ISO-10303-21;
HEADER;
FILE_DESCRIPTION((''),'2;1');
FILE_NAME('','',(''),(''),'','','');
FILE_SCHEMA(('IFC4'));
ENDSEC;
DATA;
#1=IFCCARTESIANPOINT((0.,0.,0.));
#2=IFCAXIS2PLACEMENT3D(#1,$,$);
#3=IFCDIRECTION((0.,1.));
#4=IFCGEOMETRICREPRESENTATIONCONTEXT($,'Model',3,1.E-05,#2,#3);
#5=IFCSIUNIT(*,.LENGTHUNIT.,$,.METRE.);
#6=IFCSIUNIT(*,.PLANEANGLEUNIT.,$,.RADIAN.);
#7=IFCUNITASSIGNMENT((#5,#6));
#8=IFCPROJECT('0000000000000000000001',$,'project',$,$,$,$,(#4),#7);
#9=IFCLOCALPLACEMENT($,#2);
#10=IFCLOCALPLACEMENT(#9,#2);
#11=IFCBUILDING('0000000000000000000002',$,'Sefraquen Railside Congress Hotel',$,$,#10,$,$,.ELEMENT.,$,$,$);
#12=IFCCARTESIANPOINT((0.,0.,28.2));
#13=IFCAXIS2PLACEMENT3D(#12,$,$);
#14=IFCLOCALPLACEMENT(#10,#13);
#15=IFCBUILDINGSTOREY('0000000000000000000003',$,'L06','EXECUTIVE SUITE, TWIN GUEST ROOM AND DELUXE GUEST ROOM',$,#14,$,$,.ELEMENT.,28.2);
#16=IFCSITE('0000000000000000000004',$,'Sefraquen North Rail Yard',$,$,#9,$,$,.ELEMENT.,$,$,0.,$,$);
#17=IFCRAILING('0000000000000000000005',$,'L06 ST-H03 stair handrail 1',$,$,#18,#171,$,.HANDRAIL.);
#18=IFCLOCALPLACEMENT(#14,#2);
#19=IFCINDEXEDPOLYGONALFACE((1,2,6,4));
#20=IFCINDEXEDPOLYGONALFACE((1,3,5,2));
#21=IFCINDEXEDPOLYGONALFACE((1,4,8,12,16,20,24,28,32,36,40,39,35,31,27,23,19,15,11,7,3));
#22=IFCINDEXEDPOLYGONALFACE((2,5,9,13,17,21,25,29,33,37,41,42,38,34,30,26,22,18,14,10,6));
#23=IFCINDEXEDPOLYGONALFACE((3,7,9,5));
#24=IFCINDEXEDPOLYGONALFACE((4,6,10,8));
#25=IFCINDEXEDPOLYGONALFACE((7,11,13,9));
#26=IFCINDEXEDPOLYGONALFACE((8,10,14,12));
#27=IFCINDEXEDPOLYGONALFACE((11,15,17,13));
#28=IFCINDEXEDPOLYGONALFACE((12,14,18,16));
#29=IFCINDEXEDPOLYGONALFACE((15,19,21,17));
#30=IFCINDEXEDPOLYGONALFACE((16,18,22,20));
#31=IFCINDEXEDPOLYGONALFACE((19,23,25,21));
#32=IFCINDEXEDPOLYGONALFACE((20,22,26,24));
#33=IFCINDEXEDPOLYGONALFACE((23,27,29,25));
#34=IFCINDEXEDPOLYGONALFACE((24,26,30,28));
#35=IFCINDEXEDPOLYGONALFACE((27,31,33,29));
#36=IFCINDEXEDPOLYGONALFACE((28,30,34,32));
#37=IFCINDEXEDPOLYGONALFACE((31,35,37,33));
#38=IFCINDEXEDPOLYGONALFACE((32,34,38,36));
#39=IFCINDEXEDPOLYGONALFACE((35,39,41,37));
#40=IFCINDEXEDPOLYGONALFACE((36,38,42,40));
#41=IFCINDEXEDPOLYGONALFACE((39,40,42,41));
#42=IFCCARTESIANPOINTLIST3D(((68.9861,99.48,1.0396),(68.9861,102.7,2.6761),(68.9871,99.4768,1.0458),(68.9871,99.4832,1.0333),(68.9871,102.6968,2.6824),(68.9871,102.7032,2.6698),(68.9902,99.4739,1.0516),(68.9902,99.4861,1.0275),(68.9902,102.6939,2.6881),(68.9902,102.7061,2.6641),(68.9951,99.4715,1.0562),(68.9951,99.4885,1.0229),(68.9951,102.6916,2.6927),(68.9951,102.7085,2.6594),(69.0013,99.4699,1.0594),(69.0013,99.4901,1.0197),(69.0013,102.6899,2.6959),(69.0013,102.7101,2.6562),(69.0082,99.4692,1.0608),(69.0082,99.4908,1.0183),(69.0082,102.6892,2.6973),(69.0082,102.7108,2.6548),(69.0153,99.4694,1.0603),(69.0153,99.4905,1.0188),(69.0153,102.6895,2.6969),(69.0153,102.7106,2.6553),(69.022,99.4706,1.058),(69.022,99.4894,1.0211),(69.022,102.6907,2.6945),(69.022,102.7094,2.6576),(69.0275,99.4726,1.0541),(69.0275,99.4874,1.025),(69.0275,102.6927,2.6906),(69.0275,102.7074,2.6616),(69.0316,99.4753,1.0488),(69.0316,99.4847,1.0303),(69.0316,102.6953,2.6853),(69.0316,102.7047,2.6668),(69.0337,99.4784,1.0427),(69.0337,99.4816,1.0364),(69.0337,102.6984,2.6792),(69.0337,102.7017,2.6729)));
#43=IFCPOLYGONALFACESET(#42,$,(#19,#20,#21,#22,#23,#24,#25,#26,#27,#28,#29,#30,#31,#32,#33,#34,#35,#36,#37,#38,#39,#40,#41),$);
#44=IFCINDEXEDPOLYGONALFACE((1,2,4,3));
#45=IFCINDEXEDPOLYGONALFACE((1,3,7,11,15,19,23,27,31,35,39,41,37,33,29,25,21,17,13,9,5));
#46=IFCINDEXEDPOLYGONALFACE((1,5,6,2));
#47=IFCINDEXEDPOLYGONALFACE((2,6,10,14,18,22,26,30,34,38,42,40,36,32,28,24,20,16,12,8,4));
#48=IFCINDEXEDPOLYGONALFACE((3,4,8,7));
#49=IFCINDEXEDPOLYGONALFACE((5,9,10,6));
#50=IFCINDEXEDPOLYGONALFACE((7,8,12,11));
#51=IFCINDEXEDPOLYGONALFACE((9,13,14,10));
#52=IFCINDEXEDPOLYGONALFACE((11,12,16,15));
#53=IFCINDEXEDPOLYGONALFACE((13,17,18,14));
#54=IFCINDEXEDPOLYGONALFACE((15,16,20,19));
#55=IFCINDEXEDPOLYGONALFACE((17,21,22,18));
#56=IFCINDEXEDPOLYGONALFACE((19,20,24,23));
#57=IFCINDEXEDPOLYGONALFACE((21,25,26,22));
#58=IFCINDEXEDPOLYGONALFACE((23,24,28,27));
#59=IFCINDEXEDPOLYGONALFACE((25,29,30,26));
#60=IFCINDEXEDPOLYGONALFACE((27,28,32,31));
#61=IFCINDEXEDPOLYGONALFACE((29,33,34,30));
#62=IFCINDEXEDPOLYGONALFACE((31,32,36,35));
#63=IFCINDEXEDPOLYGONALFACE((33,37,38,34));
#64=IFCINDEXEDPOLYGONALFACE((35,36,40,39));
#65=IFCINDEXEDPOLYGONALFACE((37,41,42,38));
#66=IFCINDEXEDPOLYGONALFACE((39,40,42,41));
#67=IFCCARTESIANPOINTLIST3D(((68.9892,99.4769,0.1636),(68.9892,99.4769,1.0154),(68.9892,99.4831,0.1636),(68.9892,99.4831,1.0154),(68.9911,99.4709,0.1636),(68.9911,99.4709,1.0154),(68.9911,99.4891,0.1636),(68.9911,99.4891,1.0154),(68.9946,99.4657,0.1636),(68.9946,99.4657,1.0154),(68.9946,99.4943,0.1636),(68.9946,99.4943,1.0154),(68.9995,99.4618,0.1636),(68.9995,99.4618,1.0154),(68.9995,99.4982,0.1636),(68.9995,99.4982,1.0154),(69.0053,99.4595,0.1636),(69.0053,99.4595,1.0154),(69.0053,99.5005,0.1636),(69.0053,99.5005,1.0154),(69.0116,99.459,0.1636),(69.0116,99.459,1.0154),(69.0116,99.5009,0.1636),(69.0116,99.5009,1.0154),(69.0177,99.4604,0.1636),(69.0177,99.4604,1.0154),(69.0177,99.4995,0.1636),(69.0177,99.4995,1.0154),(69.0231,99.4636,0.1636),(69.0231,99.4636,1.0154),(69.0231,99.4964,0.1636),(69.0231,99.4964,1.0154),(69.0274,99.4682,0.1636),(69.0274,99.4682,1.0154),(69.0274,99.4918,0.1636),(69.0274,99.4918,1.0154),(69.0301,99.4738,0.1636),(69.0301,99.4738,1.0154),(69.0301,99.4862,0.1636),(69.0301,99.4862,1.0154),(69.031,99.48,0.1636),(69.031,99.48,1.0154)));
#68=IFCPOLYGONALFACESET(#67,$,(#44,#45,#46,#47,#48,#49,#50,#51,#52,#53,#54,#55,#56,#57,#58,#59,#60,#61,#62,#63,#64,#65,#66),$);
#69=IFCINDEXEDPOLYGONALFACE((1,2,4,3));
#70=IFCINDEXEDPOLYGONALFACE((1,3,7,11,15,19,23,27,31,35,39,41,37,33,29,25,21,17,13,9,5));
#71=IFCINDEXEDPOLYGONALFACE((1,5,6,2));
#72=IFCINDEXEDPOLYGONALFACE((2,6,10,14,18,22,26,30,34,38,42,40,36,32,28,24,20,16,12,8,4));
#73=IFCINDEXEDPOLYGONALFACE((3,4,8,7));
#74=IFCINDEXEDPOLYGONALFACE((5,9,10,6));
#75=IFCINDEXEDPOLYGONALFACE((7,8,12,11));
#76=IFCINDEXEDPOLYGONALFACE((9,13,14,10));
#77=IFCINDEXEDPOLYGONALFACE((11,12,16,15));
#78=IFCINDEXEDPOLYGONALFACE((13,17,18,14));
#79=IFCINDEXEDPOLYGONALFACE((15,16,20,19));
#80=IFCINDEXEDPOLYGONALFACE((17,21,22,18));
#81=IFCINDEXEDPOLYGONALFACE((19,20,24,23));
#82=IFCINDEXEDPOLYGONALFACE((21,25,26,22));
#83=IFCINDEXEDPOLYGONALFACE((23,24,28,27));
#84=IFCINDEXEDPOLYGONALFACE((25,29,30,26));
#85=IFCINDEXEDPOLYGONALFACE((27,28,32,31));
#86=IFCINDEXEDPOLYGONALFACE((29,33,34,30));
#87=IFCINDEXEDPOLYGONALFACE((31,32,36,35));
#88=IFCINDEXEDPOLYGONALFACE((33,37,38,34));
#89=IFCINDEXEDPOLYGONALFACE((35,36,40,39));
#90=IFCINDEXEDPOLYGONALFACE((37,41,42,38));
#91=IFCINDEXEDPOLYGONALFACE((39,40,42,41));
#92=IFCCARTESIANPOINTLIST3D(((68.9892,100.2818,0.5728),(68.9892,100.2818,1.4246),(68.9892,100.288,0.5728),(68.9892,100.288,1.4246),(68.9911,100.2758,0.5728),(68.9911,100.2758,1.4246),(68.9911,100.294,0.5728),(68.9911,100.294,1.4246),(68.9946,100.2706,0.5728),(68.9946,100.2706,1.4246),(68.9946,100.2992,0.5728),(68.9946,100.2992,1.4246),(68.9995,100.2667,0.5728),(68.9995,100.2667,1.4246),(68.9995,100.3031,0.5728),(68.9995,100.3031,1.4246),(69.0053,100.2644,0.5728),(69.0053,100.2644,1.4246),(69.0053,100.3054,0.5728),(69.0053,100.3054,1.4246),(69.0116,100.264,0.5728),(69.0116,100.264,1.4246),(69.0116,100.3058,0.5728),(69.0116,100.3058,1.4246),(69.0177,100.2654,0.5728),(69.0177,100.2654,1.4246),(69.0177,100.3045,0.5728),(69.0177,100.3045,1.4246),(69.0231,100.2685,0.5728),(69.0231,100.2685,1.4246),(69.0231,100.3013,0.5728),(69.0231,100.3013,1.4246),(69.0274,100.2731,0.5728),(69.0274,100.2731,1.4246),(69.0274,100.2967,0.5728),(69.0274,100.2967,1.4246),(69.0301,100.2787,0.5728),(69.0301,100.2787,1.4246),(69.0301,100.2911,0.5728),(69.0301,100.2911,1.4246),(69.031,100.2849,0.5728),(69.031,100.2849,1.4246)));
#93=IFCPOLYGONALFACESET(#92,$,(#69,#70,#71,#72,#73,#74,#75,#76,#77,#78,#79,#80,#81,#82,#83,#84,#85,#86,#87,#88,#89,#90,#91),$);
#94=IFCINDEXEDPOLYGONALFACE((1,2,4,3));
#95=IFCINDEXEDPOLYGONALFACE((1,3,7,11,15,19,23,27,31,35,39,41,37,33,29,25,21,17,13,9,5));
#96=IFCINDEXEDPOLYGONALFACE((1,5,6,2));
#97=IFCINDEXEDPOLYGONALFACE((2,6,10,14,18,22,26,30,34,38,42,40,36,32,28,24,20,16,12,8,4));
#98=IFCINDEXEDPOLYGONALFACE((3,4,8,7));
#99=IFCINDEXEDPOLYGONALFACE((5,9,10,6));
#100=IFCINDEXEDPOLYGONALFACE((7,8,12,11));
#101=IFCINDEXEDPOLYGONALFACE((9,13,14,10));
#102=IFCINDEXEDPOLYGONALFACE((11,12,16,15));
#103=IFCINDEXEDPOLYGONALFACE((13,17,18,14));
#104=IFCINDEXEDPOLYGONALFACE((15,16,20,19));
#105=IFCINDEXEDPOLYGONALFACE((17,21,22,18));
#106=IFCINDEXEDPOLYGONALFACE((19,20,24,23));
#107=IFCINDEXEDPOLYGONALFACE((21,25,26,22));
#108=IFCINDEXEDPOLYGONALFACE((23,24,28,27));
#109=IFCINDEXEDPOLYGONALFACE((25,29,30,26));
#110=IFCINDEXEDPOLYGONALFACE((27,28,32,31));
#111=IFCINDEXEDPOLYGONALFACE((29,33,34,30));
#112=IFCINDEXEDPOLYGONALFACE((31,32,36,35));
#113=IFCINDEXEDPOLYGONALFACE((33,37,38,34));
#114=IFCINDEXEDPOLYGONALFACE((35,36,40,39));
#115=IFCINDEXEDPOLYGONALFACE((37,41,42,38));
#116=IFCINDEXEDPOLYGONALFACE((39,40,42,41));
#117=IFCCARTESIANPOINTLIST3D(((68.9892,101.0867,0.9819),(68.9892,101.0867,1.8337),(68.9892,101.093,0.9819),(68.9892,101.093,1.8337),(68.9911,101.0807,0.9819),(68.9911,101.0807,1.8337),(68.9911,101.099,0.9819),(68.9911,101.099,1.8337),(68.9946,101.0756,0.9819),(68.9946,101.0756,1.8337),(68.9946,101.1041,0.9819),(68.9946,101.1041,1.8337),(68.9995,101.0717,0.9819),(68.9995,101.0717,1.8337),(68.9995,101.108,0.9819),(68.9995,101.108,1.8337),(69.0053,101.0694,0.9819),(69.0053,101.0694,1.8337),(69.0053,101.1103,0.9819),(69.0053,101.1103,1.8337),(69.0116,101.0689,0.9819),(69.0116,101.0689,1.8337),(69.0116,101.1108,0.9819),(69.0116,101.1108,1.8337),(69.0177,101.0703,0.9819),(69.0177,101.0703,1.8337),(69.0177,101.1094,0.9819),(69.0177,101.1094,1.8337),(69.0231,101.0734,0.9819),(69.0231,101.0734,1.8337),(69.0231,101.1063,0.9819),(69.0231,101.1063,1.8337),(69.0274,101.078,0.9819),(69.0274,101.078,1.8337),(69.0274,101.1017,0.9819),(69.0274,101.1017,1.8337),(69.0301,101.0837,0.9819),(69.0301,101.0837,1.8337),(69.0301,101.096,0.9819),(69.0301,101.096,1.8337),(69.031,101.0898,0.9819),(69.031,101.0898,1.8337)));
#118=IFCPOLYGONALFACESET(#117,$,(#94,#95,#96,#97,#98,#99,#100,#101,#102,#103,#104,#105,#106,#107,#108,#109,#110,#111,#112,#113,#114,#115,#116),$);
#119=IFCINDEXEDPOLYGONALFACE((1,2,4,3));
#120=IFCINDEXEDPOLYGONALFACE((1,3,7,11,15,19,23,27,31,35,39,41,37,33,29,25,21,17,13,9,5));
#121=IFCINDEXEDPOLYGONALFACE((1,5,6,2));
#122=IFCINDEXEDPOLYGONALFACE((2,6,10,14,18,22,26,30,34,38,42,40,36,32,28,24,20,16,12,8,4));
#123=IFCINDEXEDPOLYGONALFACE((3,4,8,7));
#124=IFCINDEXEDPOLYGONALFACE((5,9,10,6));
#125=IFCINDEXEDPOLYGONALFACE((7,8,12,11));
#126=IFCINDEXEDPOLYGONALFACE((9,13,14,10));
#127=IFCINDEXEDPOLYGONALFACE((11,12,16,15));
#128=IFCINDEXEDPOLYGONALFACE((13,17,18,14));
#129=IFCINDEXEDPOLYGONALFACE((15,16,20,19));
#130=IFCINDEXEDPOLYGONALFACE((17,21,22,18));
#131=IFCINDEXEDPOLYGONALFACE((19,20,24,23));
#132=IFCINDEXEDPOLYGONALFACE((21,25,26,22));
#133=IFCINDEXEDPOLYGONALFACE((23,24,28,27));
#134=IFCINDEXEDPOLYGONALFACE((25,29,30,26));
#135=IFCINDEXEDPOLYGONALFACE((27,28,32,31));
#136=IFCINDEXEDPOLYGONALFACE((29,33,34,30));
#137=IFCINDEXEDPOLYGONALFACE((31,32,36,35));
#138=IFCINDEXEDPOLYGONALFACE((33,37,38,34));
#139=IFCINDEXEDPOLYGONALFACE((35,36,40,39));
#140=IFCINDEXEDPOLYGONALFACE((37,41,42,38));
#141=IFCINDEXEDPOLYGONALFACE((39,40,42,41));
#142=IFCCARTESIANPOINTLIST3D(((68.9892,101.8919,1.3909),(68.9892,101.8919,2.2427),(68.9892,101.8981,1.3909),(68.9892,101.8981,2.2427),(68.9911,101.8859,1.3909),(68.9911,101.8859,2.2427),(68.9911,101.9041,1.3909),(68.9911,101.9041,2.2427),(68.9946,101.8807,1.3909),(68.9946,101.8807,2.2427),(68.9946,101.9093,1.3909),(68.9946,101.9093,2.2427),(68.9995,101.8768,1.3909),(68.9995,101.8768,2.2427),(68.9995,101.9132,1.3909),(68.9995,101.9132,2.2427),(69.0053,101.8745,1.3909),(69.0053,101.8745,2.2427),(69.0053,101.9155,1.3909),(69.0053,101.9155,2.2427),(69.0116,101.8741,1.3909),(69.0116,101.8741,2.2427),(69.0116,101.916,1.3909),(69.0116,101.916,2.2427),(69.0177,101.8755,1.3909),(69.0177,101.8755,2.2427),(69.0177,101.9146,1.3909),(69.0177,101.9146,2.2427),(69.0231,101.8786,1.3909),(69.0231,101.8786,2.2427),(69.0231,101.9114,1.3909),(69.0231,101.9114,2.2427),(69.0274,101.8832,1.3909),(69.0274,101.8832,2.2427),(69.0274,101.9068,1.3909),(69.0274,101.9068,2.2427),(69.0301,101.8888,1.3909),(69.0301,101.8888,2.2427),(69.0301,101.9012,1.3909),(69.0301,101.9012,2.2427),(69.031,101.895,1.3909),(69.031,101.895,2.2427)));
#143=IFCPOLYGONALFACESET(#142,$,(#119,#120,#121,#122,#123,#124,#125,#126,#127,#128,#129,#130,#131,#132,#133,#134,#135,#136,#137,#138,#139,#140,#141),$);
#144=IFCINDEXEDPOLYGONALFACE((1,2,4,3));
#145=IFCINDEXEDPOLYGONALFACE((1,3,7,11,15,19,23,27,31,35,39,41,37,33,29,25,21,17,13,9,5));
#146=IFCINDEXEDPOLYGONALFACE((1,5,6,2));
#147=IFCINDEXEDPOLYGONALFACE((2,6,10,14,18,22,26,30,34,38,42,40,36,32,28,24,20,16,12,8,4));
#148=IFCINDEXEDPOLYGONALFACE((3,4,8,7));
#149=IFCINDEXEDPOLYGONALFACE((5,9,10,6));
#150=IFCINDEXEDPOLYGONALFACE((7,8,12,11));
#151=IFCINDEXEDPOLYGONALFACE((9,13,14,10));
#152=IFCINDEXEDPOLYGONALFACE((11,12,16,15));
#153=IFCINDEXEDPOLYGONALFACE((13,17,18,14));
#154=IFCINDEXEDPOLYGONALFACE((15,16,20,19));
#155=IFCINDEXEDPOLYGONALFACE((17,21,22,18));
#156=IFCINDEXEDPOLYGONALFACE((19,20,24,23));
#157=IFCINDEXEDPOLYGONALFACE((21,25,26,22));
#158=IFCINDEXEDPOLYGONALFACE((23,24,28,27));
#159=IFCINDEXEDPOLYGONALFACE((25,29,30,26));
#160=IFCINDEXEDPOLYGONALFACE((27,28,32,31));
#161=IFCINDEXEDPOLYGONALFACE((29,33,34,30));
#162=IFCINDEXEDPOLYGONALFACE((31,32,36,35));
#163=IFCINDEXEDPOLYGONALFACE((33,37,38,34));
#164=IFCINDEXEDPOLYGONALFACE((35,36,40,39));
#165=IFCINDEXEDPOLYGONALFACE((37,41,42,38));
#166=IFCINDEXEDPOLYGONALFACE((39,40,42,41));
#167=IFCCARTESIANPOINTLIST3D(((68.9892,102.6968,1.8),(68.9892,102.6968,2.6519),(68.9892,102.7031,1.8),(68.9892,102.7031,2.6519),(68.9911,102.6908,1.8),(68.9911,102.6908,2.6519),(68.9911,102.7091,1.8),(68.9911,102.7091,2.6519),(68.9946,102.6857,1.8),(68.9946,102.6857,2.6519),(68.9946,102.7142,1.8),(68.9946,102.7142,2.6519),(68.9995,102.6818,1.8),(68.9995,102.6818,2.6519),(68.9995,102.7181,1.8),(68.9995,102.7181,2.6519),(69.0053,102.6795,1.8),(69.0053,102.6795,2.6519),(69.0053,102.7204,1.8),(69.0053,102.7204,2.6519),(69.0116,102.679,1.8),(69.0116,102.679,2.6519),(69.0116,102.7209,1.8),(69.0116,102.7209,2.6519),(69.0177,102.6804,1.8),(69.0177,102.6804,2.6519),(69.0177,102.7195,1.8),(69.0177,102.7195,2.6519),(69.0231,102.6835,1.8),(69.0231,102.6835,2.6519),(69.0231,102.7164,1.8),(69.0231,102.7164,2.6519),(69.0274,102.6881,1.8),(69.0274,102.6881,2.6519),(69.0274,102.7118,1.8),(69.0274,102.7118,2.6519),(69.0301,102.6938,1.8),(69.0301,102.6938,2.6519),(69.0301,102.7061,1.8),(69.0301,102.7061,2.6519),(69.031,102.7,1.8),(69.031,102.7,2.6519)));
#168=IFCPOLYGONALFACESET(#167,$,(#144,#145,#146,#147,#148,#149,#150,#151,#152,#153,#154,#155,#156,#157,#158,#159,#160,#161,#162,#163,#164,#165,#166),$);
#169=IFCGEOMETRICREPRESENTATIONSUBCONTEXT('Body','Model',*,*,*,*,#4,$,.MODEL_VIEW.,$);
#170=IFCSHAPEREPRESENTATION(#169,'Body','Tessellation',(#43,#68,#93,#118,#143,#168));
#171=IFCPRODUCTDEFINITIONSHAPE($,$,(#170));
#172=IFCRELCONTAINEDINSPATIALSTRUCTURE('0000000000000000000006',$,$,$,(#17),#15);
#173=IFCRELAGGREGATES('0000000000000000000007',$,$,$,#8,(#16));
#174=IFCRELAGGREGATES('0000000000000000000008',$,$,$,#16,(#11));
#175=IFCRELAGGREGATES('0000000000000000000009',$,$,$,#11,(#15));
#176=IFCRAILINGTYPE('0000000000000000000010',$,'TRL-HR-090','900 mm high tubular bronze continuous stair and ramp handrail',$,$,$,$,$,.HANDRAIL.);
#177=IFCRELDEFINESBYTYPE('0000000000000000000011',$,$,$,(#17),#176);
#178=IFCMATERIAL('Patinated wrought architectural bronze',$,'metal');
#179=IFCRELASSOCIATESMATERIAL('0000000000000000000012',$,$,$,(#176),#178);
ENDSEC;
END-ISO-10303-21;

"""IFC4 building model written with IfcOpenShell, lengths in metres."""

from ifc_helpers import new_model, si_unit, direction, frame, origin, origin_2d, place, context, subcontext, project, spatial, circle, extrude, material, type_object, element, save


model = new_model("IFC4")

# Units and contexts
model_context = context("Model", 3, precision=1e-05, world=origin(), true_north=direction((0.0, 1.0)))
body_context = subcontext(model_context, "Body", "Model", "MODEL_VIEW")
ifc_project = project(units=[si_unit("LENGTHUNIT", "METRE"), si_unit("PLANEANGLEUNIT", "RADIAN")], contexts=[model_context])

# Site, building, storey
site_placement = place(None, origin())
site = spatial("IfcSite", under=ifc_project, at=site_placement, Name="Sefraquen North Rail Yard", CompositionType="ELEMENT", RefElevation=0.0)
building_placement = place(site_placement, origin())
building = spatial("IfcBuilding", under=site, at=building_placement, Name="Sefraquen Railside Congress Hotel", CompositionType="ELEMENT")
storey_placement = place(building_placement, frame((0.0, 0.0, 28.2)))
storey = spatial("IfcBuildingStorey", under=building, at=storey_placement, Name="L06", Description="EXECUTIVE SUITE, TWIN GUEST ROOM AND DELUXE GUEST ROOM", CompositionType="ELEMENT", Elevation=28.2)

# Railing
ifc_material_1 = material(Name="Patinated wrought architectural bronze", Category="metal")
railing_type_1 = type_object("IfcRailingType", Name="TRL-HR-090", Description="900 mm high tubular bronze continuous stair and ramp handrail", PredefinedType="HANDRAIL", material=ifc_material_1)
railing_1_placement = place(storey_placement, frame((69.01, 99.48, 0.1636)))
element("IfcRailing", 1, at=railing_1_placement, inside=storey, type_object=railing_type_1, Name="L06 ST-H03 stair handrail 1", PredefinedType="HANDRAIL", context=body_context, shape_type="SweptSolid", body=[
    extrude(circle(Radius=0.0239, at=origin_2d()), frame((0.0, 0.0, 0.876), z_axis=(0.0, 0.891474, 0.453071), x_axis=(-1.0, 0.0, 0.0)), (0.0, 0.0, 1.0), 3.6121),
    extrude(circle(Radius=0.021, at=origin_2d()), origin(), (0.0, 0.0, 1.0), 0.8518),
    extrude(circle(Radius=0.021, at=origin_2d()), frame((0.0, 0.8049, 0.4092)), (0.0, 0.0, 1.0), 0.8518),
    extrude(circle(Radius=0.021, at=origin_2d()), frame((0.0, 1.6099, 0.8184)), (0.0, 0.0, 1.0), 0.8518),
    extrude(circle(Radius=0.021, at=origin_2d()), frame((0.0, 2.415, 1.2273)), (0.0, 0.0, 1.0), 0.8518),
    extrude(circle(Radius=0.021, at=origin_2d()), frame((0.0, 3.22, 1.6365)), (0.0, 0.0, 1.0), 0.8518),
])

save(model, "model.ifc")
